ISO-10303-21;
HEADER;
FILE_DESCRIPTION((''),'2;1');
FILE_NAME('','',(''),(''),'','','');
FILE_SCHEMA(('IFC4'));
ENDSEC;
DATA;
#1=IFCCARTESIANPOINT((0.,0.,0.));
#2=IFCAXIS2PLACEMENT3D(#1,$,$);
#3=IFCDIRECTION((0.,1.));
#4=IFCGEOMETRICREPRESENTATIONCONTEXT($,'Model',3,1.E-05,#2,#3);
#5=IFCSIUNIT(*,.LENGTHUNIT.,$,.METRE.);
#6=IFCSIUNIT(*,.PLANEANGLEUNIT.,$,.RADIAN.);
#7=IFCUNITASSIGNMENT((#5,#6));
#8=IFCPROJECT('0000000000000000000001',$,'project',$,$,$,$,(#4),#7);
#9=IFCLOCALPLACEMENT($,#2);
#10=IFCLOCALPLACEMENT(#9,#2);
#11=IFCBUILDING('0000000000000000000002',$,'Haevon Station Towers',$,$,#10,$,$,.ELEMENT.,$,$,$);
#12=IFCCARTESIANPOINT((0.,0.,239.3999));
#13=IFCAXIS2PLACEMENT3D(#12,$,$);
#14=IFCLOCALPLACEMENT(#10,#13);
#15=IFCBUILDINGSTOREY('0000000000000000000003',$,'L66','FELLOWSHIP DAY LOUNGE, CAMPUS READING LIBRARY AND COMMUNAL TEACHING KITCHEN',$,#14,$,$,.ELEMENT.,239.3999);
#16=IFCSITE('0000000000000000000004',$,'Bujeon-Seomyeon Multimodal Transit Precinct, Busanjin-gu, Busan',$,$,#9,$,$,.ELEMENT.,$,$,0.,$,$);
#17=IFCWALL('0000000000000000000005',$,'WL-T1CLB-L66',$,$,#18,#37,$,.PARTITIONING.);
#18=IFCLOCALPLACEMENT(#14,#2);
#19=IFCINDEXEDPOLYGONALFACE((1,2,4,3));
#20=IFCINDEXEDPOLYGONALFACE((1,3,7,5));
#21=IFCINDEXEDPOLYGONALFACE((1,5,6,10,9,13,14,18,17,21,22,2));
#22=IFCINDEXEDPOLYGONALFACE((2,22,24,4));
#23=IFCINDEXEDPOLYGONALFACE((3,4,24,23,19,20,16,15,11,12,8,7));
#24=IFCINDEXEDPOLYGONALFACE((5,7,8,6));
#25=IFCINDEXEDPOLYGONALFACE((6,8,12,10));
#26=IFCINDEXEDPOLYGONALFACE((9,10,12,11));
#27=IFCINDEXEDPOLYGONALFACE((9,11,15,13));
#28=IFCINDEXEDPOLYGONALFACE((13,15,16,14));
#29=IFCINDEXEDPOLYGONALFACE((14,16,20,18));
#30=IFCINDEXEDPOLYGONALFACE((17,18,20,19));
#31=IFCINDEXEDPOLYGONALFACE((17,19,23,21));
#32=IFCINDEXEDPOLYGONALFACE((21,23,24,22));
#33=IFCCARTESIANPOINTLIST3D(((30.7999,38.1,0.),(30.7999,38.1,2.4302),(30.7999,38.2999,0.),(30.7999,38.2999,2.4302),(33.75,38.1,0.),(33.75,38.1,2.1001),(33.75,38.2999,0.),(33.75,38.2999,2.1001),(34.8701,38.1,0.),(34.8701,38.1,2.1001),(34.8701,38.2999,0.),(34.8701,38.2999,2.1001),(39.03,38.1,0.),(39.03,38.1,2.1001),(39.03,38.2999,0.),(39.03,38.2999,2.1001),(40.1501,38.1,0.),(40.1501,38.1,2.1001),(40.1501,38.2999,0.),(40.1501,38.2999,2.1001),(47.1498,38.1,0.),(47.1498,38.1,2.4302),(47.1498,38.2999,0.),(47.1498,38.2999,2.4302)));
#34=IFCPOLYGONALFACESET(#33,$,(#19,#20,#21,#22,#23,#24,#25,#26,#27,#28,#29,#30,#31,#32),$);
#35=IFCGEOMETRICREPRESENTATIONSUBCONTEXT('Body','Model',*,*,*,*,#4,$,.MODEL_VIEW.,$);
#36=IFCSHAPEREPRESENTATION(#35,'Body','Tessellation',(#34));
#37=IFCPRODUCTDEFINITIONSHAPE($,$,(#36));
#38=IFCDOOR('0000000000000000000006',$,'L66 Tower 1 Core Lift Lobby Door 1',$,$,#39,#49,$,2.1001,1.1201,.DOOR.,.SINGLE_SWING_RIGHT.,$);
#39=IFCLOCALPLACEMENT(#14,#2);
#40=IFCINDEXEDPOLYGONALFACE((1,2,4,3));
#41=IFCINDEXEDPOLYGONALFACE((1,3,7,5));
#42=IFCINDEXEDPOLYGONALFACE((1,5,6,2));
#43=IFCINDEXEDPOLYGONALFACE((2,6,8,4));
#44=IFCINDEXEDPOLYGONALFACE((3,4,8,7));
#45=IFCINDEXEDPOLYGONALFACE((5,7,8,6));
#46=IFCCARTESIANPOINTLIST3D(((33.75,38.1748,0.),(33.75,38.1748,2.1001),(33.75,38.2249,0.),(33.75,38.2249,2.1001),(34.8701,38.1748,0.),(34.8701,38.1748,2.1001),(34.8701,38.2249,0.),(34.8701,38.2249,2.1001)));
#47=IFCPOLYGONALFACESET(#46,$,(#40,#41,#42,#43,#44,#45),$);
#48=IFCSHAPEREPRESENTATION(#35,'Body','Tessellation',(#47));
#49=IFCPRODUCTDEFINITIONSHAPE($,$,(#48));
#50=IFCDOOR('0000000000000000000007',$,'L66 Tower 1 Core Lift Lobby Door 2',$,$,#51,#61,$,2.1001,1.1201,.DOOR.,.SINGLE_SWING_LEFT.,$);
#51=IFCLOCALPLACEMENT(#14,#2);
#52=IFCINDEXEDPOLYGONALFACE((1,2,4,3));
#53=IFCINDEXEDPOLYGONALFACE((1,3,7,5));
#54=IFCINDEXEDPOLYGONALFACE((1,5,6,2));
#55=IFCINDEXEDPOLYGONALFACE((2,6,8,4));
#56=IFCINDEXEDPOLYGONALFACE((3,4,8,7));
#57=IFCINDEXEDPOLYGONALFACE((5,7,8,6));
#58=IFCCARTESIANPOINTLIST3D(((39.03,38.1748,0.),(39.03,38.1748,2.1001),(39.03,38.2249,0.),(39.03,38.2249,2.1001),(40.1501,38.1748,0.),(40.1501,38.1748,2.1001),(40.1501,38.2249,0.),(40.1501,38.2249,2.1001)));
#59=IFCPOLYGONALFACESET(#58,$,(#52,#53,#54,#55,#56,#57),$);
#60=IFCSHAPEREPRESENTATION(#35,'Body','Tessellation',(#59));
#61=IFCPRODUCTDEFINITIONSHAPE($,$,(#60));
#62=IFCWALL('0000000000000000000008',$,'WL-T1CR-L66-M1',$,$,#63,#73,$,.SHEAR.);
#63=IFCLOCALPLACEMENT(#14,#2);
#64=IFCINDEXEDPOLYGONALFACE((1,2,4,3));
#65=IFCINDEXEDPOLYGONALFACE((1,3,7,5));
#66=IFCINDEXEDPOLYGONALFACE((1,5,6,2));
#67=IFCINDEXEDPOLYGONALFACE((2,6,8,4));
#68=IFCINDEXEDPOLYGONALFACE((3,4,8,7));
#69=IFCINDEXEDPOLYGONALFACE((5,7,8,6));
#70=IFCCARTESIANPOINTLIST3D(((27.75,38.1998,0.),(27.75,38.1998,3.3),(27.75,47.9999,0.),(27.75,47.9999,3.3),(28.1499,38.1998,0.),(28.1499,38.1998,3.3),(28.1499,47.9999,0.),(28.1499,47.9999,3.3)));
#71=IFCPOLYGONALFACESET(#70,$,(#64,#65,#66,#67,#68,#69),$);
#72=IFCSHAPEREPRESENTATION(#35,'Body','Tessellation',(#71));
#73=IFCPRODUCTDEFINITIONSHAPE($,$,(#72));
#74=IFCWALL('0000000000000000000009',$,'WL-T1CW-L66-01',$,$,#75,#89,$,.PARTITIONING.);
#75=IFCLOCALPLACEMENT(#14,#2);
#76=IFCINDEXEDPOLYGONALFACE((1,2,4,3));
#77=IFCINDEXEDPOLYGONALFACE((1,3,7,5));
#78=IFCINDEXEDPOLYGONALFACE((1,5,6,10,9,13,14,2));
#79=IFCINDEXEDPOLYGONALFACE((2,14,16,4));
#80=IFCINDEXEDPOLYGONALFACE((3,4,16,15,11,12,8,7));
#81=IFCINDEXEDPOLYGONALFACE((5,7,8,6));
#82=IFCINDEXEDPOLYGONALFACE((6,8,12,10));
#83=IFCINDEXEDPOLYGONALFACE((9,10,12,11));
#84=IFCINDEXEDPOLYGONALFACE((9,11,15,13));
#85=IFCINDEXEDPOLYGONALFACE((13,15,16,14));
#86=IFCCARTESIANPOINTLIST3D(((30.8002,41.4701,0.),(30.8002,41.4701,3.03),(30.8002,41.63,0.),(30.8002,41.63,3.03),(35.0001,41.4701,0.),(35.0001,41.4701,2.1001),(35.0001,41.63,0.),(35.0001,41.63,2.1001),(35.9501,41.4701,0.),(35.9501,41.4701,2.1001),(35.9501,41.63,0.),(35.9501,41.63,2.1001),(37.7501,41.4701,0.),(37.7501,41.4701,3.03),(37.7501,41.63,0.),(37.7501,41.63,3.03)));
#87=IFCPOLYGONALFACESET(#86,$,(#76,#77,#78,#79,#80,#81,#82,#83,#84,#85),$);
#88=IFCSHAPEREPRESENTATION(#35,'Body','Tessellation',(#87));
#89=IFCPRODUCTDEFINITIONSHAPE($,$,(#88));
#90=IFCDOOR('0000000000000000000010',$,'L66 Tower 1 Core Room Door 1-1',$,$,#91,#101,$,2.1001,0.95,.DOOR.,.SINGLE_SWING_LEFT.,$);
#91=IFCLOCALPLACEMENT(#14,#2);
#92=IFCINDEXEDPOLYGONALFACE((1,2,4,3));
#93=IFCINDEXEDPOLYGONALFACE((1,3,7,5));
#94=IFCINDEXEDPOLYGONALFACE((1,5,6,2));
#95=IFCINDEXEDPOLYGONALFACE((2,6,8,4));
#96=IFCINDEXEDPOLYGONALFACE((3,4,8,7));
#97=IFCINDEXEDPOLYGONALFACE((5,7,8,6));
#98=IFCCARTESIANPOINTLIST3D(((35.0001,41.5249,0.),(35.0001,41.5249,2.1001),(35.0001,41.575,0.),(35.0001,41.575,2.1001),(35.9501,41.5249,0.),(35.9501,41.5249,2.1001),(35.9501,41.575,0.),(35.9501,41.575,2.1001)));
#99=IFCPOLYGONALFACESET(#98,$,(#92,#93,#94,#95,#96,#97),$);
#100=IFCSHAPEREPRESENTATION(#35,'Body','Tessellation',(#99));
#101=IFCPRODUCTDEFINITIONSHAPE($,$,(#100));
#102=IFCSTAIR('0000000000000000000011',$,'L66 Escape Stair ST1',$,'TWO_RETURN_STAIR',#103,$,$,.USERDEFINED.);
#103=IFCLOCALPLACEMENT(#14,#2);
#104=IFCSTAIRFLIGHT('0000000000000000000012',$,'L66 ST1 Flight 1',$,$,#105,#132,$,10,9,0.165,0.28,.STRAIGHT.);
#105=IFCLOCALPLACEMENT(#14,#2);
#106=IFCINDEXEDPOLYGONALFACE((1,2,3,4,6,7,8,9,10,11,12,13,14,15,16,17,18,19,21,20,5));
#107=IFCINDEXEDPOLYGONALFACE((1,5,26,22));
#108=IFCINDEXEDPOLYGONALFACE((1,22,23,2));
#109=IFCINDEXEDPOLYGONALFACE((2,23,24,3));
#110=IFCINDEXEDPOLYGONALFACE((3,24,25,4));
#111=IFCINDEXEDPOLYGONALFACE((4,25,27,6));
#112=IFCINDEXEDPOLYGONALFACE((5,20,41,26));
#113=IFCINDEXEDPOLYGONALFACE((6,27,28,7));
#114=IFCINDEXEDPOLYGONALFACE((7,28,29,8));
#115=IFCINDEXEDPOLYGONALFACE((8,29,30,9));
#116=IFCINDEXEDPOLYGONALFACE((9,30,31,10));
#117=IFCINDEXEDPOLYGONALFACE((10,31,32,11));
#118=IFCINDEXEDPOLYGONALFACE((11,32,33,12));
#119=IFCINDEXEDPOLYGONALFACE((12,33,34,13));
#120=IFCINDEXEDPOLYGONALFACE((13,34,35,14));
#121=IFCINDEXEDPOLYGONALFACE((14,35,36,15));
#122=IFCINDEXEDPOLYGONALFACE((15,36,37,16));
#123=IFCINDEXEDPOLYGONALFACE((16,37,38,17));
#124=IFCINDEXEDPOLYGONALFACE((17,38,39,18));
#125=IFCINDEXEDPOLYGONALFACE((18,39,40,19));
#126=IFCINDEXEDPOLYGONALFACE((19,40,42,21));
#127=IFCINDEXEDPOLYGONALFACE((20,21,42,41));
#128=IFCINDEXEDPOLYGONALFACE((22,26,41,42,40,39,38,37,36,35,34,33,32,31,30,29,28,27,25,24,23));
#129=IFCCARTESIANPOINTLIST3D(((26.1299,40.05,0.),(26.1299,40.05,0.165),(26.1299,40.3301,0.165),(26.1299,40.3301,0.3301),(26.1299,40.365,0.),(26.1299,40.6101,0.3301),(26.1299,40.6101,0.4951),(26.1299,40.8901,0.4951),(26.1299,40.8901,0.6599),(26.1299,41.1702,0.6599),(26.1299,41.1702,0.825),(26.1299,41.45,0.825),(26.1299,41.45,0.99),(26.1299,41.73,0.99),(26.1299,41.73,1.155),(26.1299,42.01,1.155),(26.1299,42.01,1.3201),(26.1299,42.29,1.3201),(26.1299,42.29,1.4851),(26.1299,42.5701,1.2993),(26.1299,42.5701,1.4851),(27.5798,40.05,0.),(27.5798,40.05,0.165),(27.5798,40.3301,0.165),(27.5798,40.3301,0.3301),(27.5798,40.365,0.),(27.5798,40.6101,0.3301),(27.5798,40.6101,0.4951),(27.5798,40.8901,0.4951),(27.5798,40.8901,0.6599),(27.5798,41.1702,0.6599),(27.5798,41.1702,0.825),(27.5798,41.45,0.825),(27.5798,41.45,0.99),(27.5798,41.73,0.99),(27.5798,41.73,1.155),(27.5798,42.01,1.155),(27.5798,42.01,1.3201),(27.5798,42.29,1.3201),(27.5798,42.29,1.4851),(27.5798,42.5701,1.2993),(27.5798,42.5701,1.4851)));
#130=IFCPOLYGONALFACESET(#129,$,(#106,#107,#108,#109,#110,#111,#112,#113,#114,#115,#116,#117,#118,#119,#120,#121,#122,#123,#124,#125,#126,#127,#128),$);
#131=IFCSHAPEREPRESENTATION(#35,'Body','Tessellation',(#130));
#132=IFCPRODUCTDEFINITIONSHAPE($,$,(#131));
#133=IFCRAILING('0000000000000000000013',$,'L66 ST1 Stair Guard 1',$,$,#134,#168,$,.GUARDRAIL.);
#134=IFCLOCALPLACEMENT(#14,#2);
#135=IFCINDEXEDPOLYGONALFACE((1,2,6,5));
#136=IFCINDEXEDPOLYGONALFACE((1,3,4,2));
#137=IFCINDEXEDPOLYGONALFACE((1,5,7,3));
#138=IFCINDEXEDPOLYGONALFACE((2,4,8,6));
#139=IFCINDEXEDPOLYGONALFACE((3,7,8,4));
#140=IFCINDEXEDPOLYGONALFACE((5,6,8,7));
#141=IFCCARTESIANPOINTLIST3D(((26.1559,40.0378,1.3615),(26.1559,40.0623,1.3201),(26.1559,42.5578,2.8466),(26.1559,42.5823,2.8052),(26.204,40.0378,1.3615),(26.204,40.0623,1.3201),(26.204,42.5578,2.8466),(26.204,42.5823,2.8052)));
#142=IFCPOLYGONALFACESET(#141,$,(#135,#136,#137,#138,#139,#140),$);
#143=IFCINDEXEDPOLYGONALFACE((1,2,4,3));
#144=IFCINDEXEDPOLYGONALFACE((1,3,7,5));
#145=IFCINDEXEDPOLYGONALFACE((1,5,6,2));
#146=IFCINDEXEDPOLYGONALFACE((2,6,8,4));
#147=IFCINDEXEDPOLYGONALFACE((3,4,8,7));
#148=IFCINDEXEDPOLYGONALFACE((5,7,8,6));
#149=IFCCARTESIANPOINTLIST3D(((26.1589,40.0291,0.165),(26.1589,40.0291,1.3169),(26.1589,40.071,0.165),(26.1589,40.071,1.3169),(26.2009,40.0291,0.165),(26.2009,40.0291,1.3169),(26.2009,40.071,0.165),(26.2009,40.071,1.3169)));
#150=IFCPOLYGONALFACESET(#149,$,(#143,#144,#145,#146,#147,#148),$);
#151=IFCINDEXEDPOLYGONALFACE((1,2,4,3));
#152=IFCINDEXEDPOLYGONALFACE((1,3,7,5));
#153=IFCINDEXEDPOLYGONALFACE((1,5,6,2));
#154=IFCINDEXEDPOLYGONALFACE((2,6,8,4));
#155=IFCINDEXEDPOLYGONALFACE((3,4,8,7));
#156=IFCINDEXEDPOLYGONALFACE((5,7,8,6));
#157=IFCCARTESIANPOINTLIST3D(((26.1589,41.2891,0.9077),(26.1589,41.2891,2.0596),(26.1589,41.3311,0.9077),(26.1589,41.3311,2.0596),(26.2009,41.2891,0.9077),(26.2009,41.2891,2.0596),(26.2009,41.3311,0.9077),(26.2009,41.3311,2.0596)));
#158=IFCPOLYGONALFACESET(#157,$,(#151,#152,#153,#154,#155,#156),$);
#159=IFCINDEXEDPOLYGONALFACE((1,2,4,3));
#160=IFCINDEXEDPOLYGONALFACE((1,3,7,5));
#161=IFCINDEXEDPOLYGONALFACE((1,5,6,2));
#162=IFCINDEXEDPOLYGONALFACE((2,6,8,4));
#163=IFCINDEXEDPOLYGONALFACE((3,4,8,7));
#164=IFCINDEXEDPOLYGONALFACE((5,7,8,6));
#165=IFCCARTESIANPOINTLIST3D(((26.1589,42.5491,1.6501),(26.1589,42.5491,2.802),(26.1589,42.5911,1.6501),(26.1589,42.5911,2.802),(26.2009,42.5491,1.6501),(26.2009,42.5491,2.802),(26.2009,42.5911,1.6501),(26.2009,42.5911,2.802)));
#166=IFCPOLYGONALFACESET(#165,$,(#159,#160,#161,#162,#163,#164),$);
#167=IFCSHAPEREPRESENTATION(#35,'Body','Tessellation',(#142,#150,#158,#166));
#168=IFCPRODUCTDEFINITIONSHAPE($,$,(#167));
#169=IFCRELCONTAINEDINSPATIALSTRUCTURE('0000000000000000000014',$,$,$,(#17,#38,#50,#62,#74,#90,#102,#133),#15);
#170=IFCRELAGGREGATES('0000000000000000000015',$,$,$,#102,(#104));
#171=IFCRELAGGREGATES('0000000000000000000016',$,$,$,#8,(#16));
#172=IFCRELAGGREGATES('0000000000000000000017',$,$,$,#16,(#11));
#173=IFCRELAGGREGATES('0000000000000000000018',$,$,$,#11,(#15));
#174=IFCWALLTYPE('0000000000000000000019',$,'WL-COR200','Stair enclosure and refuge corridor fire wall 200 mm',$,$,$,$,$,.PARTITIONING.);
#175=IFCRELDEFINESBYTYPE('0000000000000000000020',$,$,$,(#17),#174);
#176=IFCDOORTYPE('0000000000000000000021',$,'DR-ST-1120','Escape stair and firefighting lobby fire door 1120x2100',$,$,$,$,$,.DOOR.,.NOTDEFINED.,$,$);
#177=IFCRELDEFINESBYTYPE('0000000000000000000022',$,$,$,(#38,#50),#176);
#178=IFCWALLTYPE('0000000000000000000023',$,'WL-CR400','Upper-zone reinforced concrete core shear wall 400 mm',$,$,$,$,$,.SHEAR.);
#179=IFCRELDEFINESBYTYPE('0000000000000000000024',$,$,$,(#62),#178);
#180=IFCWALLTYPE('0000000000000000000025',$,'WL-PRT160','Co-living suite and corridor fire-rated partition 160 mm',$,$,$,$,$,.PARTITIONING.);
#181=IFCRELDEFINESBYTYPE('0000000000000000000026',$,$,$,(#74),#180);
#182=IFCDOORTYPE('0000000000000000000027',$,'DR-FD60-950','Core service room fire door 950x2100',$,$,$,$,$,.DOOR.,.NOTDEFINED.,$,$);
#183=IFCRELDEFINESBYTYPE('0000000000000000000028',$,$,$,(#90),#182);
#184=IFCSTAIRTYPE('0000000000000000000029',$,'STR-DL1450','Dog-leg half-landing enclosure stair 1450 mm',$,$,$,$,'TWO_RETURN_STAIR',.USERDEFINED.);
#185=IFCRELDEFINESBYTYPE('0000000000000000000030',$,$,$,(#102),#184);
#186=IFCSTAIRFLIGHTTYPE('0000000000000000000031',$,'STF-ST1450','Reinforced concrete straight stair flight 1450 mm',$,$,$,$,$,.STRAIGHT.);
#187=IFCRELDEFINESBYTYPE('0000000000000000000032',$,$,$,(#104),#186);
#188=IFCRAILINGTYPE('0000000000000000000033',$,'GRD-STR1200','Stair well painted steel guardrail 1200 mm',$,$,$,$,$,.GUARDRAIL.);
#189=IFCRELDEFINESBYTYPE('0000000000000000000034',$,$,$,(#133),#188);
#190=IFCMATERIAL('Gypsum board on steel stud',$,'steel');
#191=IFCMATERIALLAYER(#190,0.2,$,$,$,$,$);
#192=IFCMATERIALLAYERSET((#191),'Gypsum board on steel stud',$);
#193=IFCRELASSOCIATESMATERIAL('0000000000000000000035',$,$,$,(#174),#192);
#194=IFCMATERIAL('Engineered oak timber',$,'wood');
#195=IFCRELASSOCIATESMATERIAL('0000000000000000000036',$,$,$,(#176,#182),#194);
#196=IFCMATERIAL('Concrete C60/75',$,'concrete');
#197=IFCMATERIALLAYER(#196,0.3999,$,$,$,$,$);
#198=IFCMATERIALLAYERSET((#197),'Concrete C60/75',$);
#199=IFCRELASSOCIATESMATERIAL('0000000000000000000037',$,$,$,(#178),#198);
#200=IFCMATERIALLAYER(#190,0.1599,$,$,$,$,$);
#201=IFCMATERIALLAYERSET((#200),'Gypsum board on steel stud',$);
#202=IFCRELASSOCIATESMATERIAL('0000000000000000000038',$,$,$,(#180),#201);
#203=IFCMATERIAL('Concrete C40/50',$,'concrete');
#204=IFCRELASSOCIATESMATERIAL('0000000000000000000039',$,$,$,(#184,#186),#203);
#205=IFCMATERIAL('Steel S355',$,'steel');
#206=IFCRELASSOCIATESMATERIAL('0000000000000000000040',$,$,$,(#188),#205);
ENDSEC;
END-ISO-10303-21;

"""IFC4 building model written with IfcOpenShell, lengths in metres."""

from ifc_helpers import new_model, si_unit, direction, frame, frame_2d, origin, origin_2d, place, context, subcontext, project, spatial, polyline, rectangle, outline, extrude, material, layer, layer_set, type_object, element, fill, aggregate, save


model = new_model("IFC4")

# Units and contexts
model_context = context("Model", 3, precision=1e-05, world=origin(), true_north=direction((0.0, 1.0)))
body_context = subcontext(model_context, "Body", "Model", "MODEL_VIEW")
ifc_project = project(units=[si_unit("LENGTHUNIT", "METRE"), si_unit("PLANEANGLEUNIT", "RADIAN")], contexts=[model_context])

# Site, building, storey
site_placement = place(None, origin())
site = spatial("IfcSite", under=ifc_project, at=site_placement, Name="Bujeon-Seomyeon Multimodal Transit Precinct, Busanjin-gu, Busan", CompositionType="ELEMENT", RefElevation=0.0)
building_placement = place(site_placement, origin())
building = spatial("IfcBuilding", under=site, at=building_placement, Name="Haevon Station Towers", CompositionType="ELEMENT")
storey_placement = place(building_placement, frame((0.0, 0.0, 239.3999)))
storey = spatial("IfcBuildingStorey", under=building, at=storey_placement, Name="L66", Description="FELLOWSHIP DAY LOUNGE, CAMPUS READING LIBRARY AND COMMUNAL TEACHING KITCHEN", CompositionType="ELEMENT", Elevation=239.3999)

# Shared definitions
ifc_material_1 = material(Name="Steel S355", Category="steel")

# Shared definitions
ifc_material_2 = material(Name="Gypsum board on steel stud", Category="steel")
ifc_layer_1 = layer(ifc_material_2, 0.2)
ifc_layer_set_1 = layer_set([ifc_layer_1], Name="Gypsum board on steel stud")
wall_type_1 = type_object("IfcWallType", Name="WL-COR200", Description="Stair enclosure and refuge corridor fire wall 200 mm", PredefinedType="PARTITIONING", material=ifc_layer_set_1)
ifc_material_3 = material(Name="Engineered oak timber", Category="wood")

# Wall, openings, doors
wall_1_placement = place(storey_placement, frame((30.8, 38.2, 0.0), z_axis=(0.0, 0.0, 1.0), x_axis=(1.0, 0.0, 0.0)))
wall_1 = element("IfcWall", 1, at=wall_1_placement, inside=storey, type_object=wall_type_1, Name="WL-T1CLB-L66", PredefinedType="PARTITIONING", context=body_context, shape_type="SweptSolid", body=[
    extrude(rectangle(XDim=16.3499, YDim=0.2, at=frame_2d((8.1748, 0.0))), origin(), (0.0, 0.0, 1.0), 2.4302),
])
opening_1_placement = place(wall_1_placement, frame((2.95, 0.0, 0.0)))
opening_1 = element("IfcOpeningElement", 2, at=opening_1_placement, cuts=wall_1, PredefinedType="OPENING", context=body_context, shape_type="SweptSolid", body=[
    extrude(rectangle(XDim=1.1201, YDim=2.1001, at=frame_2d((0.5601, 1.05))), frame((0.0, 0.1099, 0.0), z_axis=(0.0, -1.0, 0.0), x_axis=(1.0, 0.0, 0.0)), (0.0, 0.0, 1.0), 0.22),
])
opening_2_placement = place(wall_1_placement, frame((8.23, 0.0, 0.0)))
opening_2 = element("IfcOpeningElement", 3, at=opening_2_placement, cuts=wall_1, PredefinedType="OPENING", context=body_context, shape_type="SweptSolid", body=[
    extrude(rectangle(XDim=1.1201, YDim=2.1001, at=frame_2d((0.5601, 1.05))), frame((0.0, 0.1099, 0.0), z_axis=(0.0, -1.0, 0.0), x_axis=(1.0, 0.0, 0.0)), (0.0, 0.0, 1.0), 0.22),
])
door_type_1 = type_object("IfcDoorType", Name="DR-ST-1120", Description="Escape stair and firefighting lobby fire door 1120x2100", OperationType="NOTDEFINED", PredefinedType="DOOR", material=ifc_material_3)
door_1_placement = place(opening_1_placement, origin())
door_1 = element("IfcDoor", 4, at=door_1_placement, inside=storey, type_object=door_type_1, Name="L66 Tower 1 Core Lift Lobby Door 1", OperationType="SINGLE_SWING_RIGHT", OverallHeight=2.1001, OverallWidth=1.1201, PredefinedType="DOOR", context=body_context, shape_type="SweptSolid", body=[
    extrude(rectangle(XDim=1.1201, YDim=2.1001, at=frame_2d((0.5601, 1.05))), frame((0.0, 0.0249, 0.0), z_axis=(0.0, -1.0, 0.0), x_axis=(1.0, 0.0, 0.0)), (0.0, 0.0, 1.0), 0.05),
])
fill(opening_1, door_1)
door_2_placement = place(opening_2_placement, origin())
door_2 = element("IfcDoor", 5, at=door_2_placement, inside=storey, type_object=door_type_1, Name="L66 Tower 1 Core Lift Lobby Door 2", OperationType="SINGLE_SWING_LEFT", OverallHeight=2.1001, OverallWidth=1.1201, PredefinedType="DOOR", context=body_context, shape_type="SweptSolid", body=[
    extrude(rectangle(XDim=1.1201, YDim=2.1001, at=frame_2d((0.5601, 1.05))), frame((0.0, 0.0249, 0.0), z_axis=(0.0, -1.0, 0.0), x_axis=(1.0, 0.0, 0.0)), (0.0, 0.0, 1.0), 0.05),
])
fill(opening_2, door_2)

# Wall
ifc_material_4 = material(Name="Concrete C60/75", Category="concrete")
ifc_layer_2 = layer(ifc_material_4, 0.3999)
ifc_layer_set_2 = layer_set([ifc_layer_2], Name="Concrete C60/75")
wall_type_2 = type_object("IfcWallType", Name="WL-CR400", Description="Upper-zone reinforced concrete core shear wall 400 mm", PredefinedType="SHEAR", material=ifc_layer_set_2)
wall_2_placement = place(storey_placement, frame((27.95, 38.2, 0.0), z_axis=(0.0, 0.0, 1.0), x_axis=(0.0, 1.0, 0.0)))
element("IfcWall", 6, at=wall_2_placement, inside=storey, type_object=wall_type_2, Name="WL-T1CR-L66-M1", PredefinedType="SHEAR", context=body_context, shape_type="SweptSolid", body=[
    extrude(rectangle(XDim=9.8, YDim=0.3999, at=frame_2d((4.8999, 0.0))), origin(), (0.0, 0.0, 1.0), 3.3),
])

# Wall, opening, door
ifc_layer_3 = layer(ifc_material_2, 0.1599)
ifc_layer_set_3 = layer_set([ifc_layer_3], Name="Gypsum board on steel stud")
wall_type_3 = type_object("IfcWallType", Name="WL-PRT160", Description="Co-living suite and corridor fire-rated partition 160 mm", PredefinedType="PARTITIONING", material=ifc_layer_set_3)
wall_3_placement = place(storey_placement, frame((30.8, 41.55, 0.0), z_axis=(0.0, 0.0, 1.0), x_axis=(1.0, 0.0, 0.0)))
wall_3 = element("IfcWall", 7, at=wall_3_placement, inside=storey, type_object=wall_type_3, Name="WL-T1CW-L66-01", PredefinedType="PARTITIONING", context=body_context, shape_type="SweptSolid", body=[
    extrude(rectangle(XDim=6.95, YDim=0.1599, at=frame_2d((3.4751, 0.0))), origin(), (0.0, 0.0, 1.0), 3.03),
])
opening_3_placement = place(wall_3_placement, frame((4.2, 0.0, 0.0)))
opening_3 = element("IfcOpeningElement", 8, at=opening_3_placement, cuts=wall_3, PredefinedType="OPENING", context=body_context, shape_type="SweptSolid", body=[
    extrude(rectangle(XDim=0.95, YDim=2.1001, at=frame_2d((0.4751, 1.05))), frame((0.0, 0.0898, 0.0), z_axis=(0.0, -1.0, 0.0), x_axis=(1.0, 0.0, 0.0)), (0.0, 0.0, 1.0), 0.1799),
])
door_type_2 = type_object("IfcDoorType", Name="DR-FD60-950", Description="Core service room fire door 950x2100", OperationType="NOTDEFINED", PredefinedType="DOOR", material=ifc_material_3)
door_3_placement = place(opening_3_placement, origin())
door_3 = element("IfcDoor", 9, at=door_3_placement, inside=storey, type_object=door_type_2, Name="L66 Tower 1 Core Room Door 1-1", OperationType="SINGLE_SWING_LEFT", OverallHeight=2.1001, OverallWidth=0.95, PredefinedType="DOOR", context=body_context, shape_type="SweptSolid", body=[
    extrude(rectangle(XDim=0.95, YDim=2.1001, at=frame_2d((0.4751, 1.05))), frame((0.0, 0.0249, 0.0), z_axis=(0.0, -1.0, 0.0), x_axis=(1.0, 0.0, 0.0)), (0.0, 0.0, 1.0), 0.05),
])
fill(opening_3, door_3)

# Stair, stair flight
ifc_material_5 = material(Name="Concrete C40/50", Category="concrete")
stair_type = type_object("IfcStairType", Name="STR-DL1450", Description="Dog-leg half-landing enclosure stair 1450 mm", ElementType="TWO_RETURN_STAIR", PredefinedType="USERDEFINED", material=ifc_material_5)
stair_placement = place(storey_placement, origin())
stair = element("IfcStair", 10, at=stair_placement, inside=storey, type_object=stair_type, Name="L66 Escape Stair ST1", ObjectType="TWO_RETURN_STAIR", PredefinedType="USERDEFINED")
stair_flight_type = type_object("IfcStairFlightType", Name="STF-ST1450", Description="Reinforced concrete straight stair flight 1450 mm", PredefinedType="STRAIGHT", material=ifc_material_5)
stair_flight_placement = place(storey_placement, frame((26.855, 40.05, 0.0), z_axis=(0.0, 0.0, 1.0), x_axis=(0.0, 1.0, 0.0)))
stair_flight = element("IfcStairFlight", 11, at=stair_flight_placement, type_object=stair_flight_type, Name="L66 ST1 Flight 1", NumberOfRisers=10, NumberOfTreads=9, PredefinedType="STRAIGHT", RiserHeight=0.165, TreadLength=0.28, context=body_context, shape_type="SweptSolid", body=[
    extrude(outline(polyline([(0.0, 0.0), (0.0, 0.165), (0.28, 0.165), (0.28, 0.3301), (0.5601, 0.3301), (0.5601, 0.4951), (0.8401, 0.4951), (0.8401, 0.6599), (1.1201, 0.6599), (1.1201, 0.825), (1.3999, 0.825), (1.3999, 0.99), (1.6799, 0.99), (1.6799, 1.155), (1.96, 1.155), (1.96, 1.3201), (2.24, 1.3201), (2.24, 1.4851), (2.52, 1.4851), (2.52, 1.6499), (2.52, 1.2993), (0.3149, 0.0), (0.0, 0.0)])), frame((0.0, 0.7251, 0.0), z_axis=(0.0, -1.0, 0.0), x_axis=(1.0, 0.0, 0.0)), (0.0, 0.0, 1.0), 1.45),
])
aggregate(stair, [stair_flight])

# Railing
railing_type_1 = type_object("IfcRailingType", Name="GRD-STR1200", Description="Stair well painted steel guardrail 1200 mm", PredefinedType="GUARDRAIL", material=ifc_material_1)
railing_1_placement = place(storey_placement, frame((26.1799, 40.05, 0.165)))
element("IfcRailing", 12, at=railing_1_placement, inside=storey, type_object=railing_type_1, Name="L66 ST1 Stair Guard 1", PredefinedType="GUARDRAIL", context=body_context, shape_type="SweptSolid", body=[
    extrude(rectangle(XDim=0.0481, YDim=0.0481, at=origin_2d()), frame((0.0, 0.0, 1.1758), z_axis=(0.0, 0.861524, 0.507717), x_axis=(-1.0, 0.0, 0.0)), (0.0, 0.0, 1.0), 2.925),
    extrude(rectangle(XDim=0.042, YDim=0.042, at=origin_2d()), origin(), (0.0, 0.0, 1.0), 1.1519),
    extrude(rectangle(XDim=0.042, YDim=0.042, at=origin_2d()), frame((0.0, 1.26, 0.7427)), (0.0, 0.0, 1.0), 1.1519),
    extrude(rectangle(XDim=0.042, YDim=0.042, at=origin_2d()), frame((0.0, 2.52, 1.4851)), (0.0, 0.0, 1.0), 1.1519),
])

save(model, "model.ifc")
